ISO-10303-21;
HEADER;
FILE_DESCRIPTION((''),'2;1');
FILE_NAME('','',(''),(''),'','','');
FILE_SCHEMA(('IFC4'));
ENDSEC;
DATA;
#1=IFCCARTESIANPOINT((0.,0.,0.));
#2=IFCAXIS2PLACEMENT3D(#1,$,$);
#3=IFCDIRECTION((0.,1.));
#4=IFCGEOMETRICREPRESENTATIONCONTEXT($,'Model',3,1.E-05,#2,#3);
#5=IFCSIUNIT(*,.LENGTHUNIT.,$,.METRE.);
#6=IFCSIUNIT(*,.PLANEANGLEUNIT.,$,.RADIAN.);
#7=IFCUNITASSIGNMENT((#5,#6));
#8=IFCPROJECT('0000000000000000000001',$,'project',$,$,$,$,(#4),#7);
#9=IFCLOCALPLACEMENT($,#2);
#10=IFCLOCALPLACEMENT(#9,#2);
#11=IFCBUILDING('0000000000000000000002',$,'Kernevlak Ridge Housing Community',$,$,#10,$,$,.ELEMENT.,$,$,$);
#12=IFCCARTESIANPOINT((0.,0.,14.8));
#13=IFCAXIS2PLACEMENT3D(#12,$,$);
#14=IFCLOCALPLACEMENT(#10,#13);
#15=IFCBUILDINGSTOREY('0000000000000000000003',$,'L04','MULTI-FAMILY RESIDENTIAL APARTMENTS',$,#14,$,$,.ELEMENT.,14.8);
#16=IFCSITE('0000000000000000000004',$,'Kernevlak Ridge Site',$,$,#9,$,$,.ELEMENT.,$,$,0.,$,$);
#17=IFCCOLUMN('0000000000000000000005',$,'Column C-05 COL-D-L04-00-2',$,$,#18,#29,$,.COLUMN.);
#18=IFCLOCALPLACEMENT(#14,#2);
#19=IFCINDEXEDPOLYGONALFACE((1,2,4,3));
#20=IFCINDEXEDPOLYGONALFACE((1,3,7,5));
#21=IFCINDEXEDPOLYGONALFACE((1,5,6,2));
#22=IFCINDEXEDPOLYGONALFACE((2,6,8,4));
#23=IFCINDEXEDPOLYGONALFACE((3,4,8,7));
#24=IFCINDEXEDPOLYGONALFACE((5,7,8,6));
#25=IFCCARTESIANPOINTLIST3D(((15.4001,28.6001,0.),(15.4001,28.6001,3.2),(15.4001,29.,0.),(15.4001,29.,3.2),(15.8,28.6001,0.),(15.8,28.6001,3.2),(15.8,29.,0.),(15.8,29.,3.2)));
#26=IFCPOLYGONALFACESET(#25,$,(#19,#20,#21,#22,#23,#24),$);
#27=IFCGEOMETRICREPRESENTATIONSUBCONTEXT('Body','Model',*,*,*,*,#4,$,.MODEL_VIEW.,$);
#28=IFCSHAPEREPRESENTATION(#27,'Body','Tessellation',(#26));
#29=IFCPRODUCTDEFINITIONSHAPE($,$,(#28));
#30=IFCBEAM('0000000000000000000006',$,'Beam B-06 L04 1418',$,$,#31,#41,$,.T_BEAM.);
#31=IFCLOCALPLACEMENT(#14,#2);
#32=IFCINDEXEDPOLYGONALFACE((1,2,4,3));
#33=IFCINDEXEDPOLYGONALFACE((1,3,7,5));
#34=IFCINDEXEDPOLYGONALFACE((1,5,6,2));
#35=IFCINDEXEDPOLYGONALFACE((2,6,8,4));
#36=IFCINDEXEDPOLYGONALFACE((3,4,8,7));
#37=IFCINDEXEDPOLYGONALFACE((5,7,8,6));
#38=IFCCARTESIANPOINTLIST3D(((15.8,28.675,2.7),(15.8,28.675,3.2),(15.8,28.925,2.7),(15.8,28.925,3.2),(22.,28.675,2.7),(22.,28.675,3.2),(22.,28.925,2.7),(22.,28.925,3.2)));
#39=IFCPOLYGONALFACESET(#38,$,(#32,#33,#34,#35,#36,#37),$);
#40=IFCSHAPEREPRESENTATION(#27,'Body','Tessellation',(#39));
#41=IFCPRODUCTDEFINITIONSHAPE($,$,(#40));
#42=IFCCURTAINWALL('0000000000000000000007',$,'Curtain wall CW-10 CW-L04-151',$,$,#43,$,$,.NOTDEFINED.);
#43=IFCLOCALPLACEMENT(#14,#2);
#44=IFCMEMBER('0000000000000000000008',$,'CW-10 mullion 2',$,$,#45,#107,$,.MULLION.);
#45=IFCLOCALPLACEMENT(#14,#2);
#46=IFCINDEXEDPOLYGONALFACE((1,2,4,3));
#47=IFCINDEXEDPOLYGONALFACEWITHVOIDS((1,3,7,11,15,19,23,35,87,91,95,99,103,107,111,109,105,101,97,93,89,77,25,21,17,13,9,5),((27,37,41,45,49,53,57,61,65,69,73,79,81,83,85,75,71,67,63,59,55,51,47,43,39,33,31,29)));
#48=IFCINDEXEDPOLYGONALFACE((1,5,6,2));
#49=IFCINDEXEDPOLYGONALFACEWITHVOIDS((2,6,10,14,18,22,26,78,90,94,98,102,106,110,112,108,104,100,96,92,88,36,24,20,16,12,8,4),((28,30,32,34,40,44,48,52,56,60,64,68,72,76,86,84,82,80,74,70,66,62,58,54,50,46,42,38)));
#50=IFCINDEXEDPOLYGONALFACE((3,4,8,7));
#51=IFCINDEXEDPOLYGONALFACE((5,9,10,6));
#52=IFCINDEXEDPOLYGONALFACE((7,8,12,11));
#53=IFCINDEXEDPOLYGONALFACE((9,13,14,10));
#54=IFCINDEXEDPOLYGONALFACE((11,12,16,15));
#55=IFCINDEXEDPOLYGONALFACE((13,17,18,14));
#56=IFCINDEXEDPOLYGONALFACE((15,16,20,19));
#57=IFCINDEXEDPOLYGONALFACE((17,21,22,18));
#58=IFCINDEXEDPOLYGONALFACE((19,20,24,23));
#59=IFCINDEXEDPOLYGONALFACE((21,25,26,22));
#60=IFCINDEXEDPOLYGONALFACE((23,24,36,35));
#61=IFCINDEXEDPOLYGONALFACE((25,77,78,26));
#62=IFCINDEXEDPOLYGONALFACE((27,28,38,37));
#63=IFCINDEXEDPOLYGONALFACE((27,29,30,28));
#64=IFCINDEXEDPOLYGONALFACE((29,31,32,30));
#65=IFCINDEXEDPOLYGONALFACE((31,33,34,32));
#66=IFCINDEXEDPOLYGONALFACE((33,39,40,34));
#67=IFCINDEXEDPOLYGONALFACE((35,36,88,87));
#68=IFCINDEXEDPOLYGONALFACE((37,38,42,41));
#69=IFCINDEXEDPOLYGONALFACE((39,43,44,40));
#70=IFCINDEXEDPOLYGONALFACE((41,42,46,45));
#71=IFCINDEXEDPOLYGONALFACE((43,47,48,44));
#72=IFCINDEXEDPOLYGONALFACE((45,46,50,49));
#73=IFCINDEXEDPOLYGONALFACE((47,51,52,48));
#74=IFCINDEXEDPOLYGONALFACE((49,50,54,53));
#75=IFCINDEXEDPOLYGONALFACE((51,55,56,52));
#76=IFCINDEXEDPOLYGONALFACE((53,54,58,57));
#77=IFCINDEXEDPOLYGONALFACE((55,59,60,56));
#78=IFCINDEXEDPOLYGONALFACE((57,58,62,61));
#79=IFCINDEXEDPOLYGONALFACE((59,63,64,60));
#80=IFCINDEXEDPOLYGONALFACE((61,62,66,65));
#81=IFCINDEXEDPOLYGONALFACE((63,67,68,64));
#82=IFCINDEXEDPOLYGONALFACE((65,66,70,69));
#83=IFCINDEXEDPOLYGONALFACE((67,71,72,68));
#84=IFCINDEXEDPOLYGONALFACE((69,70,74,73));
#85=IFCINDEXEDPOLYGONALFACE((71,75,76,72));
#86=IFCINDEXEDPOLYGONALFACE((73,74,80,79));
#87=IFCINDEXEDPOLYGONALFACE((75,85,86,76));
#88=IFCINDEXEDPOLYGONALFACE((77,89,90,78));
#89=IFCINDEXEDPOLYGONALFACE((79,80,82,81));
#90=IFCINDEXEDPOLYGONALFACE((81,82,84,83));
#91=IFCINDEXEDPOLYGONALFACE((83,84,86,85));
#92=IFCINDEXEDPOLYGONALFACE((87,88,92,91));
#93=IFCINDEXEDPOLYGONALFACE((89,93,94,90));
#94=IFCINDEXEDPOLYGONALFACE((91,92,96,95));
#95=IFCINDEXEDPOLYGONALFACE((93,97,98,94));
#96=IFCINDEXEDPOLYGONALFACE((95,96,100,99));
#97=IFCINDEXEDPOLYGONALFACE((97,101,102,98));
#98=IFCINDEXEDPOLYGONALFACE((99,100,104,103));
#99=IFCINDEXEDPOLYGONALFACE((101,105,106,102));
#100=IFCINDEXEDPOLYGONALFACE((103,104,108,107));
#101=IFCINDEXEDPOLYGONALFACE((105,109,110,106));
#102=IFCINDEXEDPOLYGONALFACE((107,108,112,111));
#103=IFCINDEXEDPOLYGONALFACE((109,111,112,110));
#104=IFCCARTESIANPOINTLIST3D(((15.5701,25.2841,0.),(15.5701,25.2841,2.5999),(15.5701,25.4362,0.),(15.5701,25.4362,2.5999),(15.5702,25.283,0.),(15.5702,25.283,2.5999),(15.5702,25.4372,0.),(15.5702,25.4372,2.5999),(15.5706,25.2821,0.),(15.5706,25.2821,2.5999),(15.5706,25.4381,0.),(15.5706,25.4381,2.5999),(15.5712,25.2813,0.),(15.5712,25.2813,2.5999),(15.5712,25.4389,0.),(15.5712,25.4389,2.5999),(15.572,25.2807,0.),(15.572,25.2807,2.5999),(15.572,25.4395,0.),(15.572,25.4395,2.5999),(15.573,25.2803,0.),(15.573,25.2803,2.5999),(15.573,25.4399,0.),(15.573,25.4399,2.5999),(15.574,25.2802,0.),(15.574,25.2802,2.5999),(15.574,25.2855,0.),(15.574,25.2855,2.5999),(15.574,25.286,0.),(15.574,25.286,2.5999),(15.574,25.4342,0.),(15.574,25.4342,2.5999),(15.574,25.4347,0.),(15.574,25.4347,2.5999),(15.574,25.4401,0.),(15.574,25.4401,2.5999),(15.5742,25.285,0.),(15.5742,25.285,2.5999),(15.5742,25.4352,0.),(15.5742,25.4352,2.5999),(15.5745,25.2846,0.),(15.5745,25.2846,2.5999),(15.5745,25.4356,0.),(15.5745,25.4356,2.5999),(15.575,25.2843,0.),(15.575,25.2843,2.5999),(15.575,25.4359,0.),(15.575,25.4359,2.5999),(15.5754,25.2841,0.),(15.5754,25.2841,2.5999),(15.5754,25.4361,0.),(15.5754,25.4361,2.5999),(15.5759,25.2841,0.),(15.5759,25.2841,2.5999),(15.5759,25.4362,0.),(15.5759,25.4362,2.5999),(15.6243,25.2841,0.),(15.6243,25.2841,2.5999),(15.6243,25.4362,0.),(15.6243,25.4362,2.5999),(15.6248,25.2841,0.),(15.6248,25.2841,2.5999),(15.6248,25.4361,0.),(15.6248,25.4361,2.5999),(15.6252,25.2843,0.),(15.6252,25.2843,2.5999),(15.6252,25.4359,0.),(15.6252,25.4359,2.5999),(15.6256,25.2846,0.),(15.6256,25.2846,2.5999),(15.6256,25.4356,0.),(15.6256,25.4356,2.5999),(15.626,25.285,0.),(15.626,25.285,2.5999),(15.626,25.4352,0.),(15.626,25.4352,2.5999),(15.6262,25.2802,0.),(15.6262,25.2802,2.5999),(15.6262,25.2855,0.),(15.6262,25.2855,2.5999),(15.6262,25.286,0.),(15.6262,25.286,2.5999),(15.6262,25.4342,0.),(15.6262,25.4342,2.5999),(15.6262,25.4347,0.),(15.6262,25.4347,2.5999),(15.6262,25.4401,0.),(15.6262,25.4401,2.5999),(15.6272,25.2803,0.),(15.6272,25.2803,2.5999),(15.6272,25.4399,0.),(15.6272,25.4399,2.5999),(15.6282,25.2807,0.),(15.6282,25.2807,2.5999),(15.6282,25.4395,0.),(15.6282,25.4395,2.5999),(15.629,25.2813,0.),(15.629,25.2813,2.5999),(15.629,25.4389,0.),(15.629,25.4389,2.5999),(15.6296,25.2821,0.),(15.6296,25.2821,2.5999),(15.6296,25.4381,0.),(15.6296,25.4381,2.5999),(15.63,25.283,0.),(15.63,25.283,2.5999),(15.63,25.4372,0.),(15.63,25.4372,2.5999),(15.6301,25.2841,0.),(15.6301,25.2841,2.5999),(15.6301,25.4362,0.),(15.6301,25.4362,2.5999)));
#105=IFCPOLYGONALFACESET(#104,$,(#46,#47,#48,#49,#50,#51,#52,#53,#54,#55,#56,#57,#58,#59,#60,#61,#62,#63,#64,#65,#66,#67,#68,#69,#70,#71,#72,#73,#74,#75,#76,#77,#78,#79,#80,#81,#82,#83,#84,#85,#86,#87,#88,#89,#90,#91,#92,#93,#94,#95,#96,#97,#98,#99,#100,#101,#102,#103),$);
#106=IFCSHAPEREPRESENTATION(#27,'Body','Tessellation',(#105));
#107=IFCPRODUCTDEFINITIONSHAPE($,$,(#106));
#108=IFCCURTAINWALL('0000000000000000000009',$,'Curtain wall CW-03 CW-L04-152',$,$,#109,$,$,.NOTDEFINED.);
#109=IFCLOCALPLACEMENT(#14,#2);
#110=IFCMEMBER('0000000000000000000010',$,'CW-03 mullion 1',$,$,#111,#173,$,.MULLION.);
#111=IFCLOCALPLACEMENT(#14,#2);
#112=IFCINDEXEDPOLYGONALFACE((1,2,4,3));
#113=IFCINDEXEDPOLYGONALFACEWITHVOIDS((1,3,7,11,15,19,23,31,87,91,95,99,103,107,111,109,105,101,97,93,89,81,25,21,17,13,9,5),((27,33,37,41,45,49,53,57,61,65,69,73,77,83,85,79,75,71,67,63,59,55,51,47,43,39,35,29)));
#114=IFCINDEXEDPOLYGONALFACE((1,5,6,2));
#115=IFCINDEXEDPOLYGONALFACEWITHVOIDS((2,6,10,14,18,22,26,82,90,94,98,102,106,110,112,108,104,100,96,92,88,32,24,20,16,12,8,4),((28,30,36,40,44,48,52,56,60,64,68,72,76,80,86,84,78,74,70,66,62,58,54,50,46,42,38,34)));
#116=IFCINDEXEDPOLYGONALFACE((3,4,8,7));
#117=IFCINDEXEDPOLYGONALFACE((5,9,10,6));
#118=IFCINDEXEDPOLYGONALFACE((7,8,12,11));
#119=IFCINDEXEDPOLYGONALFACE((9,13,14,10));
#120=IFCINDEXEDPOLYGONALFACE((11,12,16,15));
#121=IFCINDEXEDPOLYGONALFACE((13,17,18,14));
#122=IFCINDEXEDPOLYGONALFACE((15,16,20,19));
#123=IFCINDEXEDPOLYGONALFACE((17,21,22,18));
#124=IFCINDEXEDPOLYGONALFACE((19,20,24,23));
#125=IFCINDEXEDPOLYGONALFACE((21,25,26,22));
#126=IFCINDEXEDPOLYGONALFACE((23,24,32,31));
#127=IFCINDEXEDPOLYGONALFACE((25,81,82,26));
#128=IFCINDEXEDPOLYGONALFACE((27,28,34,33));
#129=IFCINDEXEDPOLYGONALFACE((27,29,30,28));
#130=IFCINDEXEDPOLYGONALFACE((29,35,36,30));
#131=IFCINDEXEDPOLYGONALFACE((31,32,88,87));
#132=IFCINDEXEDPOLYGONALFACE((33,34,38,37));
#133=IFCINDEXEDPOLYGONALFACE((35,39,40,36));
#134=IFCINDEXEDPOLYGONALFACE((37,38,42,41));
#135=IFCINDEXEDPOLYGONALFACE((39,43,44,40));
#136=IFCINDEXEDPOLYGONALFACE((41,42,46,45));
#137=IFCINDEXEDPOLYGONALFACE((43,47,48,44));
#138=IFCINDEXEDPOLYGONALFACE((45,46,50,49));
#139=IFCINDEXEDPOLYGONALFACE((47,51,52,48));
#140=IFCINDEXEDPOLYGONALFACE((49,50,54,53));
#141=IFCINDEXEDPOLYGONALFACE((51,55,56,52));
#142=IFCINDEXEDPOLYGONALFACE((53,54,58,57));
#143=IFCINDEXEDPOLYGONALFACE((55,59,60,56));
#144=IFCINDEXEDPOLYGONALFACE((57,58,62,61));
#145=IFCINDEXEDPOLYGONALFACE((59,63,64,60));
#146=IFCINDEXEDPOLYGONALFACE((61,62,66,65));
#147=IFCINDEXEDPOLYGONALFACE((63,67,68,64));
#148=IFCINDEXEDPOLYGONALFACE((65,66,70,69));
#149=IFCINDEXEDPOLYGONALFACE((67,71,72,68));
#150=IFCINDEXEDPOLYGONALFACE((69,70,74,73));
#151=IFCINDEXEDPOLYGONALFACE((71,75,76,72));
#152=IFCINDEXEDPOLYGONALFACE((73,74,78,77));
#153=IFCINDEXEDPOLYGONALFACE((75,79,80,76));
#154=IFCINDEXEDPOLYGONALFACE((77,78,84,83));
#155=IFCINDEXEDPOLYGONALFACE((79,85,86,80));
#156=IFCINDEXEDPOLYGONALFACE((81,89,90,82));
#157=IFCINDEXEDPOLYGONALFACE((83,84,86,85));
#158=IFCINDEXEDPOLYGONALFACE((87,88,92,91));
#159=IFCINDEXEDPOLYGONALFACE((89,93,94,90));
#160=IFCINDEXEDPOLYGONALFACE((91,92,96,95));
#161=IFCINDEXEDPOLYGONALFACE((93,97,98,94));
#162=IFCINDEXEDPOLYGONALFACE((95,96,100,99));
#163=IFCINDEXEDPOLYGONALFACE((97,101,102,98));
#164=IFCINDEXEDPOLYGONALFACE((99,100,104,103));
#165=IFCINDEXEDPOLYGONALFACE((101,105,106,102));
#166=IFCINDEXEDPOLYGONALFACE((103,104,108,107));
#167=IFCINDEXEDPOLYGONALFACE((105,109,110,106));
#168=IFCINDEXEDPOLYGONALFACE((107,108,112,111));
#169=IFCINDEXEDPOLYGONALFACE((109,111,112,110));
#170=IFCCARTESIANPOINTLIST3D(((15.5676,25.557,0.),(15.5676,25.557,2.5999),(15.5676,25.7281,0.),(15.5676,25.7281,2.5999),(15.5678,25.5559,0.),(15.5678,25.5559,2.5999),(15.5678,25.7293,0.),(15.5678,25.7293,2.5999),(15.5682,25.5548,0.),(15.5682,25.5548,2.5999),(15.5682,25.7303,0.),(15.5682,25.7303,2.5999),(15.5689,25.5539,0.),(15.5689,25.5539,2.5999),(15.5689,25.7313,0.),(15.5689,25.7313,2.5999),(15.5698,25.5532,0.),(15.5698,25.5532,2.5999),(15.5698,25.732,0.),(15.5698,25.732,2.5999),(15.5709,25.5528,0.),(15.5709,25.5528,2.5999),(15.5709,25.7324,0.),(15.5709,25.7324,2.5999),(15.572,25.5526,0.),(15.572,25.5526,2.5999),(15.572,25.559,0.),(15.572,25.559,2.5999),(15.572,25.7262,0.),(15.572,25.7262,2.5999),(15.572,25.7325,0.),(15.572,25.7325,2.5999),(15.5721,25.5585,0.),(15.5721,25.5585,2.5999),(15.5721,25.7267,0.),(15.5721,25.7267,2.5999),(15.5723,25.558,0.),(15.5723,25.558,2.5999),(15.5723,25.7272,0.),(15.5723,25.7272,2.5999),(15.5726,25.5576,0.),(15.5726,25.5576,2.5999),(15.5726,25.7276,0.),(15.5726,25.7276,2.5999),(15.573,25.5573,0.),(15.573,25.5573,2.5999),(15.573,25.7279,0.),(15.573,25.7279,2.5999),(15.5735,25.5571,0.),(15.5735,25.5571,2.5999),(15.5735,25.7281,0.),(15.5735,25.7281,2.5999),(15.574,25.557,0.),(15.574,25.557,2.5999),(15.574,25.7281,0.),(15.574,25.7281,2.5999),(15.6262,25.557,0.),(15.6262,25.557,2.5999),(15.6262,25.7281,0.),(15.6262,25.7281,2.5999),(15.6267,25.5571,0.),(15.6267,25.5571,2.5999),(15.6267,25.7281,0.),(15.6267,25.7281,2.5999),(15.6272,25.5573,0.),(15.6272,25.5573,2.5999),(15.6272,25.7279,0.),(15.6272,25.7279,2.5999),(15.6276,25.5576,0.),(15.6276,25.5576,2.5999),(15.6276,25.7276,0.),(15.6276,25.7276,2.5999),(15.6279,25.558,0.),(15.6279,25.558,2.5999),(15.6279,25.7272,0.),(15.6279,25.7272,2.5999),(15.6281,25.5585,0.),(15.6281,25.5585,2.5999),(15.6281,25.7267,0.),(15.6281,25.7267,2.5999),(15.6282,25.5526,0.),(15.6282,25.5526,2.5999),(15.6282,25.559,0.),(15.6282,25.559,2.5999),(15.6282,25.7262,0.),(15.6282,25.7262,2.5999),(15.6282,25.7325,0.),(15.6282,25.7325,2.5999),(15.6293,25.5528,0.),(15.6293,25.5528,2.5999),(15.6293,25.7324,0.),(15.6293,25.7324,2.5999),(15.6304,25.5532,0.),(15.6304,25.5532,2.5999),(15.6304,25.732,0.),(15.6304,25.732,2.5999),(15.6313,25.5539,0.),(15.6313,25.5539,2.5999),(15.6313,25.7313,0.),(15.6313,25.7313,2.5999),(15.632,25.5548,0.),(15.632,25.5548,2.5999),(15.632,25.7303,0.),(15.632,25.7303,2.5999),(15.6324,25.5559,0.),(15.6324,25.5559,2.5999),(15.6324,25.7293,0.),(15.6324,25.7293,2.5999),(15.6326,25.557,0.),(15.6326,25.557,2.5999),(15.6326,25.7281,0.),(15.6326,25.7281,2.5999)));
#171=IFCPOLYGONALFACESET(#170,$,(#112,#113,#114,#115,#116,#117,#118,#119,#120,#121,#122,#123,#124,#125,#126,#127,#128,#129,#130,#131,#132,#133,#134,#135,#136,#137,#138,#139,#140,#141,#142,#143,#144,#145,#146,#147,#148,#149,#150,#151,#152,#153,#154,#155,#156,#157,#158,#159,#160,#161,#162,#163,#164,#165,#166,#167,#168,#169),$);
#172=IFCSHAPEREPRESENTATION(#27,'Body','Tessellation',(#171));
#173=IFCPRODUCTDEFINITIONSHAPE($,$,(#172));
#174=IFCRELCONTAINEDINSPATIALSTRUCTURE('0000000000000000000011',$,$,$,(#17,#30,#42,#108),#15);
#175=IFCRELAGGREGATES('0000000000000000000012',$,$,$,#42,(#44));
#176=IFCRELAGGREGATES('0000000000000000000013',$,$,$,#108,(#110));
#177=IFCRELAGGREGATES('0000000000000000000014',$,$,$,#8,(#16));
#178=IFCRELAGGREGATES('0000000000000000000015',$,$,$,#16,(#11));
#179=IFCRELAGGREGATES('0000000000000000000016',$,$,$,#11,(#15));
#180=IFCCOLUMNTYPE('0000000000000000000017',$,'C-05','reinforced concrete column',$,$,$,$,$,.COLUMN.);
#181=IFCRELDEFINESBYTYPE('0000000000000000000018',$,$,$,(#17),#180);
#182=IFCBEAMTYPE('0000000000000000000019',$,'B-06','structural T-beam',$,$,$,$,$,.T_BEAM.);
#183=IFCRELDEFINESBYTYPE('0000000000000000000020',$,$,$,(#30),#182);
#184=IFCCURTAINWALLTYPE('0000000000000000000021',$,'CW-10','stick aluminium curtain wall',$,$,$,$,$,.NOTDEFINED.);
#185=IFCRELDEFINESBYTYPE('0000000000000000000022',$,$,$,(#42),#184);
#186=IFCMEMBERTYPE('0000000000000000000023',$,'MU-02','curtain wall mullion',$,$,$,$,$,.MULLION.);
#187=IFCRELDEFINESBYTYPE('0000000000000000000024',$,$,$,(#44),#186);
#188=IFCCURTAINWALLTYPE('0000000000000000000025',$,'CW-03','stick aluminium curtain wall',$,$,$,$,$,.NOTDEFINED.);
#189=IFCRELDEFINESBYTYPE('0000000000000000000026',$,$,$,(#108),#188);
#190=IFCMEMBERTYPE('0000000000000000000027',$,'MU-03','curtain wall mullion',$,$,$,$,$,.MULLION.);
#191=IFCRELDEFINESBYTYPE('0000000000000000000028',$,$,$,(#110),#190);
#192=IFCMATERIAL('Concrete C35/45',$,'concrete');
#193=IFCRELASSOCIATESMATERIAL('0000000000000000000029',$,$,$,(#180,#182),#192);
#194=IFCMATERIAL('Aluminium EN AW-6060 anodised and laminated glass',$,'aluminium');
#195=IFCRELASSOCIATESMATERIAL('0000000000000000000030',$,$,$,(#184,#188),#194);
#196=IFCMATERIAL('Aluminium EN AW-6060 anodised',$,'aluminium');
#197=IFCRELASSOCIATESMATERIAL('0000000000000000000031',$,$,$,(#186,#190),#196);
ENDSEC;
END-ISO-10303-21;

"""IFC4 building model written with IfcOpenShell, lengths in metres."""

from ifc_helpers import new_model, si_unit, direction, frame, origin, origin_2d, place, context, subcontext, project, spatial, rectangle, hollow_rectangle, extrude, material, material_profile, profile_set, type_object, element, aggregate, save


model = new_model("IFC4")

# Units and contexts
model_context = context("Model", 3, precision=1e-05, world=origin(), true_north=direction((0.0, 1.0)))
body_context = subcontext(model_context, "Body", "Model", "MODEL_VIEW")
ifc_project = project(units=[si_unit("LENGTHUNIT", "METRE"), si_unit("PLANEANGLEUNIT", "RADIAN")], contexts=[model_context])

# Site, building, storey
site_placement = place(None, origin())
site = spatial("IfcSite", under=ifc_project, at=site_placement, Name="Kernevlak Ridge Site", CompositionType="ELEMENT", RefElevation=0.0)
building_placement = place(site_placement, origin())
building = spatial("IfcBuilding", under=site, at=building_placement, Name="Kernevlak Ridge Housing Community", CompositionType="ELEMENT")
storey_placement = place(building_placement, frame((0.0, 0.0, 14.8)))
storey = spatial("IfcBuildingStorey", under=building, at=storey_placement, Name="L04", Description="MULTI-FAMILY RESIDENTIAL APARTMENTS", CompositionType="ELEMENT", Elevation=14.8)

# Column
ifc_material_1 = material(Name="Concrete C35/45", Category="concrete")
ifc_material_profile_1 = material_profile(ifc_material_1, rectangle(XDim=0.3999, YDim=0.3999, at=origin_2d()), Name="RC 400x400")
ifc_profile_set_1 = profile_set([ifc_material_profile_1], Name="Concrete C35/45")
column_type = type_object("IfcColumnType", Name="C-05", Description="reinforced concrete column", PredefinedType="COLUMN", material=ifc_profile_set_1)
column_placement = place(storey_placement, frame((15.6001, 28.8, 0.0), z_axis=(0.0, 0.0, 1.0), x_axis=(1.0, 0.0, 0.0)))
element("IfcColumn", 1, at=column_placement, inside=storey, type_object=column_type, Name="Column C-05 COL-D-L04-00-2", PredefinedType="COLUMN", context=body_context, shape_type="SweptSolid", body=[
    extrude(rectangle(XDim=0.3999, YDim=0.3999, at=origin_2d()), origin(), (0.0, 0.0, 1.0), 3.2),
])

# Beam
ifc_material_profile_2 = material_profile(ifc_material_1, rectangle(XDim=0.25, YDim=0.5, at=origin_2d()), Name="RC 250x500")
ifc_profile_set_2 = profile_set([ifc_material_profile_2], Name="Concrete C35/45")
beam_type = type_object("IfcBeamType", Name="B-06", Description="structural T-beam", PredefinedType="T_BEAM", material=ifc_profile_set_2)
beam_placement = place(storey_placement, frame((15.8, 28.8, 2.95), z_axis=(1.0, 0.0, 0.0), x_axis=(0.0, 1.0, 0.0)))
element("IfcBeam", 2, at=beam_placement, inside=storey, type_object=beam_type, Name="Beam B-06 L04 1418", PredefinedType="T_BEAM", context=body_context, shape_type="SweptSolid", body=[
    extrude(rectangle(XDim=0.25, YDim=0.5, at=origin_2d()), origin(), (0.0, 0.0, 1.0), 6.2),
])

# Curtain wall, member
ifc_material_2 = material(Name="Aluminium EN AW-6060 anodised and laminated glass", Category="aluminium")
curtain_wall_type_1 = type_object("IfcCurtainWallType", Name="CW-10", Description="stick aluminium curtain wall", PredefinedType="NOTDEFINED", material=ifc_material_2)
curtain_wall_1_placement = place(storey_placement, origin())
curtain_wall_1 = element("IfcCurtainWall", 3, at=curtain_wall_1_placement, inside=storey, type_object=curtain_wall_type_1, Name="Curtain wall CW-10 CW-L04-151", PredefinedType="NOTDEFINED")
ifc_material_3 = material(Name="Aluminium EN AW-6060 anodised", Category="aluminium")
ifc_material_profile_3 = material_profile(ifc_material_3, hollow_rectangle(XDim=0.0601, YDim=0.1599, WallThickness=0.0039, InnerFilletRadius=0.002, OuterFilletRadius=0.0039, at=origin_2d()), Name="ALU 60x160x4")
ifc_profile_set_3 = profile_set([ifc_material_profile_3], Name="Aluminium EN AW-6060 anodised")
member_type_1 = type_object("IfcMemberType", Name="MU-02", Description="curtain wall mullion", PredefinedType="MULLION", material=ifc_profile_set_3)
member_1_placement = place(storey_placement, frame((15.6001, 25.3601, 0.0), z_axis=(0.0, 0.0, 1.0), x_axis=(-1.0, 0.0, 0.0)))
member_1 = element("IfcMember", 4, at=member_1_placement, type_object=member_type_1, Name="CW-10 mullion 2", PredefinedType="MULLION", context=body_context, shape_type="SweptSolid", body=[
    extrude(hollow_rectangle(XDim=0.0601, YDim=0.1599, WallThickness=0.0039, InnerFilletRadius=0.002, OuterFilletRadius=0.0039, at=origin_2d()), origin(), (0.0, 0.0, 1.0), 2.5999),
])

# Curtain wall, member
curtain_wall_type_2 = type_object("IfcCurtainWallType", Name="CW-03", Description="stick aluminium curtain wall", PredefinedType="NOTDEFINED", material=ifc_material_2)
curtain_wall_2_placement = place(storey_placement, origin())
curtain_wall_2 = element("IfcCurtainWall", 5, at=curtain_wall_2_placement, inside=storey, type_object=curtain_wall_type_2, Name="Curtain wall CW-03 CW-L04-152", PredefinedType="NOTDEFINED")
ifc_material_profile_4 = material_profile(ifc_material_3, hollow_rectangle(XDim=0.0649, YDim=0.1799, WallThickness=0.0044, InnerFilletRadius=0.002, OuterFilletRadius=0.0044, at=origin_2d()), Name="ALU 65x180x4.5")
ifc_profile_set_4 = profile_set([ifc_material_profile_4], Name="Aluminium EN AW-6060 anodised")
member_type_2 = type_object("IfcMemberType", Name="MU-03", Description="curtain wall mullion", PredefinedType="MULLION", material=ifc_profile_set_4)
member_2_placement = place(storey_placement, frame((15.6001, 25.6426, 0.0), z_axis=(0.0, 0.0, 1.0), x_axis=(-1.0, 0.0, 0.0)))
member_2 = element("IfcMember", 6, at=member_2_placement, type_object=member_type_2, Name="CW-03 mullion 1", PredefinedType="MULLION", context=body_context, shape_type="SweptSolid", body=[
    extrude(hollow_rectangle(XDim=0.0649, YDim=0.1799, WallThickness=0.0044, InnerFilletRadius=0.002, OuterFilletRadius=0.0044, at=origin_2d()), origin(), (0.0, 0.0, 1.0), 2.5999),
])

aggregate(curtain_wall_1, [member_1])
aggregate(curtain_wall_2, [member_2])

save(model, "model.ifc")
